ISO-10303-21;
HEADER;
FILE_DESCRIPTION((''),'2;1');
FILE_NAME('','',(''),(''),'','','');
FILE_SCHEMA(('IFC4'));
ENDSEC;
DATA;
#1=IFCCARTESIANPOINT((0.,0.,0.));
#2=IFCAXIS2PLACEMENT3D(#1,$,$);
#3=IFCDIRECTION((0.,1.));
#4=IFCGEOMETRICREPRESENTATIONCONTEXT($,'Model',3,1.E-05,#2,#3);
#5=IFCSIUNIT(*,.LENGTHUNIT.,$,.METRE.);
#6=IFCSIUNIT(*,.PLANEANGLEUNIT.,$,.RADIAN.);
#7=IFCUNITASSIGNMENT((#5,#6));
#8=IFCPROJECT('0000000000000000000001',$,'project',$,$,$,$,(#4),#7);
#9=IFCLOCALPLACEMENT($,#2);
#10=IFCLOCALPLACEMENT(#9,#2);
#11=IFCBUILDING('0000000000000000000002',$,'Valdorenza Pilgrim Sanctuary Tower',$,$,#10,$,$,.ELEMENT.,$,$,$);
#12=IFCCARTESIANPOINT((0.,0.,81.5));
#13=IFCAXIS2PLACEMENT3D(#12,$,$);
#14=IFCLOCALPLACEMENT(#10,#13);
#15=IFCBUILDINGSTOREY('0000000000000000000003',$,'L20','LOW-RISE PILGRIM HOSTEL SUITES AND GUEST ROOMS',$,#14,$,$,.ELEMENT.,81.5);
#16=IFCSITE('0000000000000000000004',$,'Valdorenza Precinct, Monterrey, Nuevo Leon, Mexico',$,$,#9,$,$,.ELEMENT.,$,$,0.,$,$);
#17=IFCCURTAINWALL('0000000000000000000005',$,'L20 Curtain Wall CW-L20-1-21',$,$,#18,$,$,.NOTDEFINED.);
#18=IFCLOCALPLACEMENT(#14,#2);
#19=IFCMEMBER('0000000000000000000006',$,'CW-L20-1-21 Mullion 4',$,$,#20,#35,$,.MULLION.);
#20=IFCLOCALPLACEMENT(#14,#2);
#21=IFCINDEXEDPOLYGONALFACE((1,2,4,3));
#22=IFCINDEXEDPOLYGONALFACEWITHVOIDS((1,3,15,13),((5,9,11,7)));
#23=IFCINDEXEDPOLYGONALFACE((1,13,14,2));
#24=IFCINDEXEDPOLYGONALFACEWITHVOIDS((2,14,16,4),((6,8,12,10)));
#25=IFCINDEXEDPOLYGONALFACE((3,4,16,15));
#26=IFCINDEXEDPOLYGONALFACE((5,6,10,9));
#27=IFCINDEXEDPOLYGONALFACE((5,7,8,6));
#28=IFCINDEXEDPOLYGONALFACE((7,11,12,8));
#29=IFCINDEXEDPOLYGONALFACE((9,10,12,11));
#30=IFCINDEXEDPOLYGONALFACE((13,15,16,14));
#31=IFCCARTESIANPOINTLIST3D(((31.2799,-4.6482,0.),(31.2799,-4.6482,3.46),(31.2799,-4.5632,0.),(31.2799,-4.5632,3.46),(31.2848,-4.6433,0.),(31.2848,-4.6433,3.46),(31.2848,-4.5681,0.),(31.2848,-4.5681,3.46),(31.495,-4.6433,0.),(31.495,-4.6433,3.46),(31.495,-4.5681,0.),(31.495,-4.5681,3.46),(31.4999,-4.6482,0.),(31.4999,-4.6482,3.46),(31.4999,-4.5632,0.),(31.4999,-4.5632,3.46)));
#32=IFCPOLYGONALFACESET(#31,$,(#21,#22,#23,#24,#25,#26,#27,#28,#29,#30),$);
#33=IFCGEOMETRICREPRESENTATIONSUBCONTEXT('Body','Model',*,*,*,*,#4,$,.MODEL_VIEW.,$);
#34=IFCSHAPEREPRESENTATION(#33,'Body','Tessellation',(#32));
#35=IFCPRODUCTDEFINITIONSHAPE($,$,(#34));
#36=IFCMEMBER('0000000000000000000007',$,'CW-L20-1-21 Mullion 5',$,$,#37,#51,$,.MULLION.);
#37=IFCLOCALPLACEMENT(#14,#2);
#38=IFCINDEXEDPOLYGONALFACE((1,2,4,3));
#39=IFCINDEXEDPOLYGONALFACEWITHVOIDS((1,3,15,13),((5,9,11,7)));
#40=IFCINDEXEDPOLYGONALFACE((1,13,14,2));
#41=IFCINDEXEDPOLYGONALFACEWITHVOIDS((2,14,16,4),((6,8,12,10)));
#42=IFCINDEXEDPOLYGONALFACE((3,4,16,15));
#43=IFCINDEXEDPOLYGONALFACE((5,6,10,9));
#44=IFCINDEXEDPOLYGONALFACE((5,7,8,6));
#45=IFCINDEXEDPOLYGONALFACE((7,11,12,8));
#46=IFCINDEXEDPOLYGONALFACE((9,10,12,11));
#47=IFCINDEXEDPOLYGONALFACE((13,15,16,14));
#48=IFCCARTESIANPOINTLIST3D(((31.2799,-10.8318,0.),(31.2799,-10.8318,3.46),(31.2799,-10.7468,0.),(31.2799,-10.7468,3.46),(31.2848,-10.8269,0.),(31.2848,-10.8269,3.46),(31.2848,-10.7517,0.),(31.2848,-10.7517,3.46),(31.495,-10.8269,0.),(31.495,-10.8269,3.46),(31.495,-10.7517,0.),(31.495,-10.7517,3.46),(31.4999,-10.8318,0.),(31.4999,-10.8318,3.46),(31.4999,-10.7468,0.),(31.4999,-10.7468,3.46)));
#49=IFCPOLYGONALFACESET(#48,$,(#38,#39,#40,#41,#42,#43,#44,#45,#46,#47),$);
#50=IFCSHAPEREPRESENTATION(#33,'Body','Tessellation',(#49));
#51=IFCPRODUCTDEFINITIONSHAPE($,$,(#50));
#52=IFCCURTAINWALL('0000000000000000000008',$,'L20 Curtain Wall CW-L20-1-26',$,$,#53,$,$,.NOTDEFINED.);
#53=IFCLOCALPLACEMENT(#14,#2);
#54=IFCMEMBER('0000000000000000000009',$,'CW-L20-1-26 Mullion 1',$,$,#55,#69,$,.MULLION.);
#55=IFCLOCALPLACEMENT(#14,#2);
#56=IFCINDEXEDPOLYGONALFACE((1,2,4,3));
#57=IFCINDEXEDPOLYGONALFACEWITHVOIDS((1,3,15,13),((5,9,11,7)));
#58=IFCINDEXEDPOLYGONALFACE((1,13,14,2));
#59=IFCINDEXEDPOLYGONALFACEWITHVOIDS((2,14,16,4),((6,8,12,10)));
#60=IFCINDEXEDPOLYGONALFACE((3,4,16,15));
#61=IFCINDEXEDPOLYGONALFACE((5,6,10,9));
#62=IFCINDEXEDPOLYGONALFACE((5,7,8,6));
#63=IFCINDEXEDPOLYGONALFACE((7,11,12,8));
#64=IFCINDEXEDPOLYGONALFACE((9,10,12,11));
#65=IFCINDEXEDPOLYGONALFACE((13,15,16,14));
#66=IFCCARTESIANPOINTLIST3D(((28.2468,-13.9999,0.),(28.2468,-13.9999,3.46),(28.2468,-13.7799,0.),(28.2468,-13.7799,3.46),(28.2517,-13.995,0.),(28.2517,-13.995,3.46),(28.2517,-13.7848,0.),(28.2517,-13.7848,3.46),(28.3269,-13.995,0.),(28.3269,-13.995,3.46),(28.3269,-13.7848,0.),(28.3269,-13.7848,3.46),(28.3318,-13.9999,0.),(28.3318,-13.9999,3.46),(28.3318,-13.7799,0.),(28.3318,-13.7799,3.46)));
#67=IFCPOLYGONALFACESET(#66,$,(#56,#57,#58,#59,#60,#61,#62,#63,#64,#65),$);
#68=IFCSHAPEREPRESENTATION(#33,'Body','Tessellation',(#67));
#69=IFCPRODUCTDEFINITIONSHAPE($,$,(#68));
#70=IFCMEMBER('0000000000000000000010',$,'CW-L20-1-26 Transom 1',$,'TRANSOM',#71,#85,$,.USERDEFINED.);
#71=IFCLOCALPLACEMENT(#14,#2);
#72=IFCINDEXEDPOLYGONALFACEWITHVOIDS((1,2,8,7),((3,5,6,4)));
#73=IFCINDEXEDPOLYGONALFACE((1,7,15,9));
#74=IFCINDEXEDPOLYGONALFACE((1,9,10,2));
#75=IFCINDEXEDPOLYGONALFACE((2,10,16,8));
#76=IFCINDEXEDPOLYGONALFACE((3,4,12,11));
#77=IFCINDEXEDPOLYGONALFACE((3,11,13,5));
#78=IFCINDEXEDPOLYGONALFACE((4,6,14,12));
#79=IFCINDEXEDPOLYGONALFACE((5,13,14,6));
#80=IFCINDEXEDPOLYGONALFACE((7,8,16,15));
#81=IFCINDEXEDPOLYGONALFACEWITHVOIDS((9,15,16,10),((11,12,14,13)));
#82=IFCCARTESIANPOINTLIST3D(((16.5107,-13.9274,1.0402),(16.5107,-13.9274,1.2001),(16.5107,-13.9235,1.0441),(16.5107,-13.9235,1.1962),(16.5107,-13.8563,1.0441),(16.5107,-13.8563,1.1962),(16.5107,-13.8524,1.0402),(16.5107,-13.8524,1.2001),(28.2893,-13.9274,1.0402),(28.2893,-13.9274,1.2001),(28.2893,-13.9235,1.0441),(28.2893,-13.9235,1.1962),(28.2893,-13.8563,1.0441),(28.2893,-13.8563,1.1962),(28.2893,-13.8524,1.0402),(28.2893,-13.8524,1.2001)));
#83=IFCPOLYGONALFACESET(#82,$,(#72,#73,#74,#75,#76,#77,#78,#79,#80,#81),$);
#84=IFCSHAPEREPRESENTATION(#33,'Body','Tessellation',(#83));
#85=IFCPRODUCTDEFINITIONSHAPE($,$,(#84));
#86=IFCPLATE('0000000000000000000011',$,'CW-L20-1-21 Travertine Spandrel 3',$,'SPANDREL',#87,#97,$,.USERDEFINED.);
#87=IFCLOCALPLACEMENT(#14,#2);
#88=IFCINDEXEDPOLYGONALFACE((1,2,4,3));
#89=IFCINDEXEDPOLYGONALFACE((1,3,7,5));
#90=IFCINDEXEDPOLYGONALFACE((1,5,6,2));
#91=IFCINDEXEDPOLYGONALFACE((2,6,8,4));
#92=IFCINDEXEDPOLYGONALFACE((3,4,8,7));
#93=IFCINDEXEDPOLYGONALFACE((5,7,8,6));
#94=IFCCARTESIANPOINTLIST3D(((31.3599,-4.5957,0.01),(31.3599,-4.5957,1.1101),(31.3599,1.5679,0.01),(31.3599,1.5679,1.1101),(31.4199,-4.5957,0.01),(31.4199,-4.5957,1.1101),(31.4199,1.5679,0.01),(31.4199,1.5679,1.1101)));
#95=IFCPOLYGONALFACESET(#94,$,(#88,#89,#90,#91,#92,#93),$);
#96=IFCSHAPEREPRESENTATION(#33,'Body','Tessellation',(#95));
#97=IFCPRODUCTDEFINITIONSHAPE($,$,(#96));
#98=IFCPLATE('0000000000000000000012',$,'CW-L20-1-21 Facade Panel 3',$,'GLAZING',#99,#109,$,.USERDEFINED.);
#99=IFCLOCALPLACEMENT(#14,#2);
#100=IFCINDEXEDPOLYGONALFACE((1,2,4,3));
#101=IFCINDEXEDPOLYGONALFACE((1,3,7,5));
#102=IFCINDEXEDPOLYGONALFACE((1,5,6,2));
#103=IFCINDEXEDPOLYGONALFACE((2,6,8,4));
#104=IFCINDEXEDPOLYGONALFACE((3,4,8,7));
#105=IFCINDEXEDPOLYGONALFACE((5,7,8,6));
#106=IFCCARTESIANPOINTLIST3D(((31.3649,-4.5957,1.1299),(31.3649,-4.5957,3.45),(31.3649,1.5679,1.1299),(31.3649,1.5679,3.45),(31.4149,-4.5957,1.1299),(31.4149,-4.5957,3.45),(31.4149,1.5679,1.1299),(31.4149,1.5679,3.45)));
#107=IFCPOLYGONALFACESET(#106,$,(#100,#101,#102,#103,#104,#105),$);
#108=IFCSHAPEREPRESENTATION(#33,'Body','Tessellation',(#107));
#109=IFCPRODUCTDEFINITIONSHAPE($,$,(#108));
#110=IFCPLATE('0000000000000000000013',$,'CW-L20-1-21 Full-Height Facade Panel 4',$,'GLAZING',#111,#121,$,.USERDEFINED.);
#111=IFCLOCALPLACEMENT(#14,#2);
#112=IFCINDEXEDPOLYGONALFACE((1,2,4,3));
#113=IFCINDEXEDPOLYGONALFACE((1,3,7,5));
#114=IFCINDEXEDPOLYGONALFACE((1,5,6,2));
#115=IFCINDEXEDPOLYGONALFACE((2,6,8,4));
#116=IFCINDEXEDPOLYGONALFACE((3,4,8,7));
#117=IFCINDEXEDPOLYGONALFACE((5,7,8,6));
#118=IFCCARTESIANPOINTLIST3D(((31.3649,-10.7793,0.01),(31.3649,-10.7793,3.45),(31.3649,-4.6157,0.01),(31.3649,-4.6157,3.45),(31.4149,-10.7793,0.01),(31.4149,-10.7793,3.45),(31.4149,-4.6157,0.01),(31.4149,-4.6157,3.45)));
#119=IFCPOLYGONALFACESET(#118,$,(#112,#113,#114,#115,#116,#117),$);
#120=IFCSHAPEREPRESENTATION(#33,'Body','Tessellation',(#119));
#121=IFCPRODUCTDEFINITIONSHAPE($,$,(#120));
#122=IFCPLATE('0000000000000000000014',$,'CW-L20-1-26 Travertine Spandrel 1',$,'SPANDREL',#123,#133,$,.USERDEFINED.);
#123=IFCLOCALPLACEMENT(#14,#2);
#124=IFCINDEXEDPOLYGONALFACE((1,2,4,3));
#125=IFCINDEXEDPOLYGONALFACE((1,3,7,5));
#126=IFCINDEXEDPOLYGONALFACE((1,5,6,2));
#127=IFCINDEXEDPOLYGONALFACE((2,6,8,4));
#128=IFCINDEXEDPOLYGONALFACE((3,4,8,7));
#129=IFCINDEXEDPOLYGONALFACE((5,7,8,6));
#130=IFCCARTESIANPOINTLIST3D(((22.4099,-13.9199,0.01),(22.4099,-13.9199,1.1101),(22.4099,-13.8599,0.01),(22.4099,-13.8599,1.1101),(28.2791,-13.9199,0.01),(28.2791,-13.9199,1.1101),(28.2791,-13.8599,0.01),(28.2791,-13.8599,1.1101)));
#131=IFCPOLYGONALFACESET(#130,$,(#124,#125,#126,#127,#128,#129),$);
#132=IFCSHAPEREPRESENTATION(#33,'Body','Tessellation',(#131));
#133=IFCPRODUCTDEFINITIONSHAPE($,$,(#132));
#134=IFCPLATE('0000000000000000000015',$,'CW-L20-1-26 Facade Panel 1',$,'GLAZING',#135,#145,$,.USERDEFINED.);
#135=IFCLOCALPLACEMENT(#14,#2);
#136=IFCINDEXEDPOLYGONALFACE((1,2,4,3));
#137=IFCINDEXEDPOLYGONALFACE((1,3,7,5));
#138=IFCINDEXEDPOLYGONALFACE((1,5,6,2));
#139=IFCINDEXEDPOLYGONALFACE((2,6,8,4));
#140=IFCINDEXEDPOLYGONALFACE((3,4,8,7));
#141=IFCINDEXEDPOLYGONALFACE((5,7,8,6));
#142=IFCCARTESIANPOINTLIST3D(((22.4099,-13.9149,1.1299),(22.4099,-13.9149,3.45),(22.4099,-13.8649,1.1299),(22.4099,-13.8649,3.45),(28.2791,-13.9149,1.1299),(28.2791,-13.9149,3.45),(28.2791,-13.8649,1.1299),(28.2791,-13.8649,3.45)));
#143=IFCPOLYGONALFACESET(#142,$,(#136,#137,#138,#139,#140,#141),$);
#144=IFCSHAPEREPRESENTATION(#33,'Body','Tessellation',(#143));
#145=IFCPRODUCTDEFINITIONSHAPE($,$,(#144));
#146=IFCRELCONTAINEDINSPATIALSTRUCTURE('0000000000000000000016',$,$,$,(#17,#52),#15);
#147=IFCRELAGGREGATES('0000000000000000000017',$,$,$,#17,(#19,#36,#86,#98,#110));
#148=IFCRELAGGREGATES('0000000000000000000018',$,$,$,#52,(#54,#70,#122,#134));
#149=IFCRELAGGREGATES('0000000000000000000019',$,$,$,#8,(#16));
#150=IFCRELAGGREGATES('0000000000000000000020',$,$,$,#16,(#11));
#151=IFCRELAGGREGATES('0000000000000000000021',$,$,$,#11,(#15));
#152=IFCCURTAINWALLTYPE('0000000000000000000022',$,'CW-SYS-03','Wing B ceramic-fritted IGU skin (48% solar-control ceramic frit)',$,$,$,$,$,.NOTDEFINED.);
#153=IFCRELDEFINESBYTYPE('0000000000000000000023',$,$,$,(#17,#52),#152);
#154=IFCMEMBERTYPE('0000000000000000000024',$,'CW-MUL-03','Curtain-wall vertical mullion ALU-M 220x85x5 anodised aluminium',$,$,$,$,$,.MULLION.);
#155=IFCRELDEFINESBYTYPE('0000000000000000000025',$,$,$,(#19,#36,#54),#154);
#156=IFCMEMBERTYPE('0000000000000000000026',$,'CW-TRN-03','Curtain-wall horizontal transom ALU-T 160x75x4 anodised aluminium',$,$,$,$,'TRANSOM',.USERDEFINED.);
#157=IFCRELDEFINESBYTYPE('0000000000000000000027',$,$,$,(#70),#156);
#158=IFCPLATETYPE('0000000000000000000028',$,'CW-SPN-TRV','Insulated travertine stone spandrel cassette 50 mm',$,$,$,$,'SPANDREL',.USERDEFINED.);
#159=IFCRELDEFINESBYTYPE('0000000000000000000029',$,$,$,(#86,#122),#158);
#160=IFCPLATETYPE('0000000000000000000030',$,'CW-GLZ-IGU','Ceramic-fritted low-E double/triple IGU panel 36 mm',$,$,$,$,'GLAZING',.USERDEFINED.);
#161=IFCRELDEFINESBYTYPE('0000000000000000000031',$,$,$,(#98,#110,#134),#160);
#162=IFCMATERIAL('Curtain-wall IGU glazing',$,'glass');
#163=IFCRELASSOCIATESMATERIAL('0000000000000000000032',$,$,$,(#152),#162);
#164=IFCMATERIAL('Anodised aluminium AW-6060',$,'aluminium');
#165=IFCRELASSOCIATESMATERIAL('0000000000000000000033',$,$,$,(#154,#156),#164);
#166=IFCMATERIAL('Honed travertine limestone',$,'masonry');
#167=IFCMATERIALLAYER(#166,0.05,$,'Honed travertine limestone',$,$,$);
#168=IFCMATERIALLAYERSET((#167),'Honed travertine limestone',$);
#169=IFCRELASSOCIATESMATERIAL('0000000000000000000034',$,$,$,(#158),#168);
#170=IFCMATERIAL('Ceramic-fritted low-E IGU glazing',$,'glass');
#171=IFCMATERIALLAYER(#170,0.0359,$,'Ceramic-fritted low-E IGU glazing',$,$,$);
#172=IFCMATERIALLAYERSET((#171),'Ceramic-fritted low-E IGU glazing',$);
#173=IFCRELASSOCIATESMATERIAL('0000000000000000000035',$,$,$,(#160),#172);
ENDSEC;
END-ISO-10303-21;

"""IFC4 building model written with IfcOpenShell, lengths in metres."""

from ifc_helpers import new_model, si_unit, direction, frame, origin, origin_2d, place, context, subcontext, project, spatial, rectangle, hollow_rectangle, extrude, source, transform, mapped, material, layer, layer_set, material_profile, profile_set, type_object, element, aggregate, save


model = new_model("IFC4")

# Units and contexts
model_context = context("Model", 3, precision=1e-05, world=origin(), true_north=direction((0.0, 1.0)))
body_context = subcontext(model_context, "Body", "Model", "MODEL_VIEW")
ifc_project = project(units=[si_unit("LENGTHUNIT", "METRE"), si_unit("PLANEANGLEUNIT", "RADIAN")], contexts=[model_context])

# Site, building, storey
site_placement = place(None, origin())
site = spatial("IfcSite", under=ifc_project, at=site_placement, Name="Valdorenza Precinct, Monterrey, Nuevo Leon, Mexico", CompositionType="ELEMENT", RefElevation=0.0)
building_placement = place(site_placement, origin())
building = spatial("IfcBuilding", under=site, at=building_placement, Name="Valdorenza Pilgrim Sanctuary Tower", CompositionType="ELEMENT")
storey_placement = place(building_placement, frame((0.0, 0.0, 81.5)))
storey = spatial("IfcBuildingStorey", under=building, at=storey_placement, Name="L20", Description="LOW-RISE PILGRIM HOSTEL SUITES AND GUEST ROOMS", CompositionType="ELEMENT", Elevation=81.5)

# Curtain walls, members
ifc_material_1 = material(Name="Curtain-wall IGU glazing", Category="glass")
curtain_wall_type = type_object("IfcCurtainWallType", Name="CW-SYS-03", Description="Wing B ceramic-fritted IGU skin (48% solar-control ceramic frit)", PredefinedType="NOTDEFINED", material=ifc_material_1)
curtain_wall_1_placement = place(storey_placement, origin())
curtain_wall_1 = element("IfcCurtainWall", 1, at=curtain_wall_1_placement, inside=storey, type_object=curtain_wall_type, Name="L20 Curtain Wall CW-L20-1-21", PredefinedType="NOTDEFINED")
ifc_material_2 = material(Name="Anodised aluminium AW-6060", Category="aluminium")
ifc_material_profile_1 = material_profile(ifc_material_2, hollow_rectangle(XDim=0.085, YDim=0.22, WallThickness=0.0049, at=origin_2d()), Name="ALU-M 220x85x5")
ifc_profile_set_1 = profile_set([ifc_material_profile_1], Name="Anodised aluminium AW-6060")
member_type_1 = type_object("IfcMemberType", Name="CW-MUL-03", Description="Curtain-wall vertical mullion ALU-M 220x85x5 anodised aluminium", PredefinedType="MULLION", material=ifc_profile_set_1)
shared_shape_1 = source(origin(), body_context, "Body", "SweptSolid", [
    extrude(hollow_rectangle(XDim=0.085, YDim=0.22, WallThickness=0.0049, at=origin_2d()), origin(), (0.0, 0.0, 1.0), 3.46),
])
member_1_placement = place(storey_placement, frame((31.3899, -4.6057, 0.0), z_axis=(0.0, 0.0, 1.0), x_axis=(0.0, -1.0, 0.0)))
member_1 = element("IfcMember", 2, at=member_1_placement, type_object=member_type_1, Name="CW-L20-1-21 Mullion 4", PredefinedType="MULLION", context=body_context, shape_type="MappedRepresentation", body=[
    mapped(shared_shape_1, transform((0.0, 0.0, 0.0), x_axis=(1.0, 0.0, 0.0), y_axis=(0.0, 1.0, 0.0), z_axis=(0.0, 0.0, 1.0), scale=1.0)),
])
member_2_placement = place(storey_placement, frame((31.3899, -10.7893, 0.0), z_axis=(0.0, 0.0, 1.0), x_axis=(0.0, -1.0, 0.0)))
member_2 = element("IfcMember", 3, at=member_2_placement, type_object=member_type_1, Name="CW-L20-1-21 Mullion 5", PredefinedType="MULLION", context=body_context, shape_type="MappedRepresentation", body=[
    mapped(shared_shape_1, transform((0.0, 0.0, 0.0), x_axis=(1.0, 0.0, 0.0), y_axis=(0.0, 1.0, 0.0), z_axis=(0.0, 0.0, 1.0), scale=1.0)),
])
curtain_wall_2_placement = place(storey_placement, origin())
curtain_wall_2 = element("IfcCurtainWall", 4, at=curtain_wall_2_placement, inside=storey, type_object=curtain_wall_type, Name="L20 Curtain Wall CW-L20-1-26", PredefinedType="NOTDEFINED")
member_3_placement = place(storey_placement, frame((28.2893, -13.8899, 0.0), z_axis=(0.0, 0.0, 1.0), x_axis=(-1.0, 0.0, 0.0)))
member_3 = element("IfcMember", 5, at=member_3_placement, type_object=member_type_1, Name="CW-L20-1-26 Mullion 1", PredefinedType="MULLION", context=body_context, shape_type="MappedRepresentation", body=[
    mapped(shared_shape_1, transform((0.0, 0.0, 0.0), x_axis=(1.0, 0.0, 0.0), y_axis=(0.0, 1.0, 0.0), z_axis=(0.0, 0.0, 1.0), scale=1.0)),
])
ifc_material_profile_2 = material_profile(ifc_material_2, hollow_rectangle(XDim=0.075, YDim=0.1599, WallThickness=0.0039, at=origin_2d()), Name="ALU-T 160x75x4")
ifc_profile_set_2 = profile_set([ifc_material_profile_2], Name="Anodised aluminium AW-6060")
member_type_2 = type_object("IfcMemberType", Name="CW-TRN-03", Description="Curtain-wall horizontal transom ALU-T 160x75x4 anodised aluminium", ElementType="TRANSOM", PredefinedType="USERDEFINED", material=ifc_profile_set_2)
shared_shape_2 = source(origin(), body_context, "Body", "SweptSolid", [
    extrude(hollow_rectangle(XDim=0.075, YDim=0.1599, WallThickness=0.0039, at=origin_2d()), origin(), (0.0, 0.0, 1.0), 11.7786),
])
member_4_placement = place(storey_placement, frame((28.2893, -13.8899, 1.1201), z_axis=(-1.0, 0.0, 0.0), x_axis=(0.0, -1.0, 0.0)))
member_4 = element("IfcMember", 6, at=member_4_placement, type_object=member_type_2, Name="CW-L20-1-26 Transom 1", ObjectType="TRANSOM", PredefinedType="USERDEFINED", context=body_context, shape_type="MappedRepresentation", body=[
    mapped(shared_shape_2, transform((0.0, 0.0, 0.0), x_axis=(1.0, 0.0, 0.0), y_axis=(0.0, 1.0, 0.0), z_axis=(0.0, 0.0, 1.0), scale=1.0)),
])

# Plates
ifc_material_3 = material(Name="Honed travertine limestone", Category="masonry")
ifc_layer_1 = layer(ifc_material_3, 0.05, Name="Honed travertine limestone")
ifc_layer_set_1 = layer_set([ifc_layer_1], Name="Honed travertine limestone")
plate_type_1 = type_object("IfcPlateType", Name="CW-SPN-TRV", Description="Insulated travertine stone spandrel cassette 50 mm", ElementType="SPANDREL", PredefinedType="USERDEFINED", material=ifc_layer_set_1)
shared_shape_3 = source(origin(), body_context, "Body", "SweptSolid", [
    extrude(rectangle(XDim=6.1636, YDim=0.0601, at=origin_2d()), origin(), (0.0, 0.0, 1.0), 1.1001),
])
plate_1_placement = place(storey_placement, frame((31.3899, -1.5139, 0.01), z_axis=(0.0, 0.0, 1.0), x_axis=(0.0, -1.0, 0.0)))
plate_1 = element("IfcPlate", 7, at=plate_1_placement, type_object=plate_type_1, Name="CW-L20-1-21 Travertine Spandrel 3", ObjectType="SPANDREL", PredefinedType="USERDEFINED", context=body_context, shape_type="MappedRepresentation", body=[
    mapped(shared_shape_3, transform((0.0, 0.0, 0.0), x_axis=(1.0, 0.0, 0.0), y_axis=(0.0, 1.0, 0.0), z_axis=(0.0, 0.0, 1.0), scale=1.0)),
])
ifc_material_4 = material(Name="Ceramic-fritted low-E IGU glazing", Category="glass")
ifc_layer_2 = layer(ifc_material_4, 0.0359, Name="Ceramic-fritted low-E IGU glazing")
ifc_layer_set_2 = layer_set([ifc_layer_2], Name="Ceramic-fritted low-E IGU glazing")
plate_type_2 = type_object("IfcPlateType", Name="CW-GLZ-IGU", Description="Ceramic-fritted low-E double/triple IGU panel 36 mm", ElementType="GLAZING", PredefinedType="USERDEFINED", material=ifc_layer_set_2)
shared_shape_4 = source(origin(), body_context, "Body", "SweptSolid", [
    extrude(rectangle(XDim=6.1636, YDim=0.05, at=origin_2d()), origin(), (0.0, 0.0, 1.0), 2.3201),
])
plate_2_placement = place(storey_placement, frame((31.3899, -1.5139, 1.1299), z_axis=(0.0, 0.0, 1.0), x_axis=(0.0, -1.0, 0.0)))
plate_2 = element("IfcPlate", 8, at=plate_2_placement, type_object=plate_type_2, Name="CW-L20-1-21 Facade Panel 3", ObjectType="GLAZING", PredefinedType="USERDEFINED", context=body_context, shape_type="MappedRepresentation", body=[
    mapped(shared_shape_4, transform((0.0, 0.0, 0.0), x_axis=(1.0, 0.0, 0.0), y_axis=(0.0, 1.0, 0.0), z_axis=(0.0, 0.0, 1.0), scale=1.0)),
])
shared_shape_5 = source(origin(), body_context, "Body", "SweptSolid", [
    extrude(rectangle(XDim=6.1636, YDim=0.05, at=origin_2d()), origin(), (0.0, 0.0, 1.0), 3.4399),
])
plate_3_placement = place(storey_placement, frame((31.3899, -7.6975, 0.01), z_axis=(0.0, 0.0, 1.0), x_axis=(0.0, -1.0, 0.0)))
plate_3 = element("IfcPlate", 9, at=plate_3_placement, type_object=plate_type_2, Name="CW-L20-1-21 Full-Height Facade Panel 4", ObjectType="GLAZING", PredefinedType="USERDEFINED", context=body_context, shape_type="MappedRepresentation", body=[
    mapped(shared_shape_5, transform((0.0, 0.0, 0.0), x_axis=(1.0, 0.0, 0.0), y_axis=(0.0, 1.0, 0.0), z_axis=(0.0, 0.0, 1.0), scale=1.0)),
])
aggregate(curtain_wall_1, [member_1, member_2, plate_1, plate_2, plate_3])
shared_shape_6 = source(origin(), body_context, "Body", "SweptSolid", [
    extrude(rectangle(XDim=5.8691, YDim=0.0601, at=origin_2d()), origin(), (0.0, 0.0, 1.0), 1.1001),
])
plate_4_placement = place(storey_placement, frame((25.3445, -13.8899, 0.01), z_axis=(0.0, 0.0, 1.0), x_axis=(-1.0, 0.0, 0.0)))
plate_4 = element("IfcPlate", 10, at=plate_4_placement, type_object=plate_type_1, Name="CW-L20-1-26 Travertine Spandrel 1", ObjectType="SPANDREL", PredefinedType="USERDEFINED", context=body_context, shape_type="MappedRepresentation", body=[
    mapped(shared_shape_6, transform((0.0, 0.0, 0.0), x_axis=(1.0, 0.0, 0.0), y_axis=(0.0, 1.0, 0.0), z_axis=(0.0, 0.0, 1.0), scale=1.0)),
])
shared_shape_7 = source(origin(), body_context, "Body", "SweptSolid", [
    extrude(rectangle(XDim=5.8691, YDim=0.05, at=origin_2d()), origin(), (0.0, 0.0, 1.0), 2.3201),
])
plate_5_placement = place(storey_placement, frame((25.3445, -13.8899, 1.1299), z_axis=(0.0, 0.0, 1.0), x_axis=(-1.0, 0.0, 0.0)))
plate_5 = element("IfcPlate", 11, at=plate_5_placement, type_object=plate_type_2, Name="CW-L20-1-26 Facade Panel 1", ObjectType="GLAZING", PredefinedType="USERDEFINED", context=body_context, shape_type="MappedRepresentation", body=[
    mapped(shared_shape_7, transform((0.0, 0.0, 0.0), x_axis=(1.0, 0.0, 0.0), y_axis=(0.0, 1.0, 0.0), z_axis=(0.0, 0.0, 1.0), scale=1.0)),
])
aggregate(curtain_wall_2, [member_3, member_4, plate_4, plate_5])

save(model, "model.ifc")
